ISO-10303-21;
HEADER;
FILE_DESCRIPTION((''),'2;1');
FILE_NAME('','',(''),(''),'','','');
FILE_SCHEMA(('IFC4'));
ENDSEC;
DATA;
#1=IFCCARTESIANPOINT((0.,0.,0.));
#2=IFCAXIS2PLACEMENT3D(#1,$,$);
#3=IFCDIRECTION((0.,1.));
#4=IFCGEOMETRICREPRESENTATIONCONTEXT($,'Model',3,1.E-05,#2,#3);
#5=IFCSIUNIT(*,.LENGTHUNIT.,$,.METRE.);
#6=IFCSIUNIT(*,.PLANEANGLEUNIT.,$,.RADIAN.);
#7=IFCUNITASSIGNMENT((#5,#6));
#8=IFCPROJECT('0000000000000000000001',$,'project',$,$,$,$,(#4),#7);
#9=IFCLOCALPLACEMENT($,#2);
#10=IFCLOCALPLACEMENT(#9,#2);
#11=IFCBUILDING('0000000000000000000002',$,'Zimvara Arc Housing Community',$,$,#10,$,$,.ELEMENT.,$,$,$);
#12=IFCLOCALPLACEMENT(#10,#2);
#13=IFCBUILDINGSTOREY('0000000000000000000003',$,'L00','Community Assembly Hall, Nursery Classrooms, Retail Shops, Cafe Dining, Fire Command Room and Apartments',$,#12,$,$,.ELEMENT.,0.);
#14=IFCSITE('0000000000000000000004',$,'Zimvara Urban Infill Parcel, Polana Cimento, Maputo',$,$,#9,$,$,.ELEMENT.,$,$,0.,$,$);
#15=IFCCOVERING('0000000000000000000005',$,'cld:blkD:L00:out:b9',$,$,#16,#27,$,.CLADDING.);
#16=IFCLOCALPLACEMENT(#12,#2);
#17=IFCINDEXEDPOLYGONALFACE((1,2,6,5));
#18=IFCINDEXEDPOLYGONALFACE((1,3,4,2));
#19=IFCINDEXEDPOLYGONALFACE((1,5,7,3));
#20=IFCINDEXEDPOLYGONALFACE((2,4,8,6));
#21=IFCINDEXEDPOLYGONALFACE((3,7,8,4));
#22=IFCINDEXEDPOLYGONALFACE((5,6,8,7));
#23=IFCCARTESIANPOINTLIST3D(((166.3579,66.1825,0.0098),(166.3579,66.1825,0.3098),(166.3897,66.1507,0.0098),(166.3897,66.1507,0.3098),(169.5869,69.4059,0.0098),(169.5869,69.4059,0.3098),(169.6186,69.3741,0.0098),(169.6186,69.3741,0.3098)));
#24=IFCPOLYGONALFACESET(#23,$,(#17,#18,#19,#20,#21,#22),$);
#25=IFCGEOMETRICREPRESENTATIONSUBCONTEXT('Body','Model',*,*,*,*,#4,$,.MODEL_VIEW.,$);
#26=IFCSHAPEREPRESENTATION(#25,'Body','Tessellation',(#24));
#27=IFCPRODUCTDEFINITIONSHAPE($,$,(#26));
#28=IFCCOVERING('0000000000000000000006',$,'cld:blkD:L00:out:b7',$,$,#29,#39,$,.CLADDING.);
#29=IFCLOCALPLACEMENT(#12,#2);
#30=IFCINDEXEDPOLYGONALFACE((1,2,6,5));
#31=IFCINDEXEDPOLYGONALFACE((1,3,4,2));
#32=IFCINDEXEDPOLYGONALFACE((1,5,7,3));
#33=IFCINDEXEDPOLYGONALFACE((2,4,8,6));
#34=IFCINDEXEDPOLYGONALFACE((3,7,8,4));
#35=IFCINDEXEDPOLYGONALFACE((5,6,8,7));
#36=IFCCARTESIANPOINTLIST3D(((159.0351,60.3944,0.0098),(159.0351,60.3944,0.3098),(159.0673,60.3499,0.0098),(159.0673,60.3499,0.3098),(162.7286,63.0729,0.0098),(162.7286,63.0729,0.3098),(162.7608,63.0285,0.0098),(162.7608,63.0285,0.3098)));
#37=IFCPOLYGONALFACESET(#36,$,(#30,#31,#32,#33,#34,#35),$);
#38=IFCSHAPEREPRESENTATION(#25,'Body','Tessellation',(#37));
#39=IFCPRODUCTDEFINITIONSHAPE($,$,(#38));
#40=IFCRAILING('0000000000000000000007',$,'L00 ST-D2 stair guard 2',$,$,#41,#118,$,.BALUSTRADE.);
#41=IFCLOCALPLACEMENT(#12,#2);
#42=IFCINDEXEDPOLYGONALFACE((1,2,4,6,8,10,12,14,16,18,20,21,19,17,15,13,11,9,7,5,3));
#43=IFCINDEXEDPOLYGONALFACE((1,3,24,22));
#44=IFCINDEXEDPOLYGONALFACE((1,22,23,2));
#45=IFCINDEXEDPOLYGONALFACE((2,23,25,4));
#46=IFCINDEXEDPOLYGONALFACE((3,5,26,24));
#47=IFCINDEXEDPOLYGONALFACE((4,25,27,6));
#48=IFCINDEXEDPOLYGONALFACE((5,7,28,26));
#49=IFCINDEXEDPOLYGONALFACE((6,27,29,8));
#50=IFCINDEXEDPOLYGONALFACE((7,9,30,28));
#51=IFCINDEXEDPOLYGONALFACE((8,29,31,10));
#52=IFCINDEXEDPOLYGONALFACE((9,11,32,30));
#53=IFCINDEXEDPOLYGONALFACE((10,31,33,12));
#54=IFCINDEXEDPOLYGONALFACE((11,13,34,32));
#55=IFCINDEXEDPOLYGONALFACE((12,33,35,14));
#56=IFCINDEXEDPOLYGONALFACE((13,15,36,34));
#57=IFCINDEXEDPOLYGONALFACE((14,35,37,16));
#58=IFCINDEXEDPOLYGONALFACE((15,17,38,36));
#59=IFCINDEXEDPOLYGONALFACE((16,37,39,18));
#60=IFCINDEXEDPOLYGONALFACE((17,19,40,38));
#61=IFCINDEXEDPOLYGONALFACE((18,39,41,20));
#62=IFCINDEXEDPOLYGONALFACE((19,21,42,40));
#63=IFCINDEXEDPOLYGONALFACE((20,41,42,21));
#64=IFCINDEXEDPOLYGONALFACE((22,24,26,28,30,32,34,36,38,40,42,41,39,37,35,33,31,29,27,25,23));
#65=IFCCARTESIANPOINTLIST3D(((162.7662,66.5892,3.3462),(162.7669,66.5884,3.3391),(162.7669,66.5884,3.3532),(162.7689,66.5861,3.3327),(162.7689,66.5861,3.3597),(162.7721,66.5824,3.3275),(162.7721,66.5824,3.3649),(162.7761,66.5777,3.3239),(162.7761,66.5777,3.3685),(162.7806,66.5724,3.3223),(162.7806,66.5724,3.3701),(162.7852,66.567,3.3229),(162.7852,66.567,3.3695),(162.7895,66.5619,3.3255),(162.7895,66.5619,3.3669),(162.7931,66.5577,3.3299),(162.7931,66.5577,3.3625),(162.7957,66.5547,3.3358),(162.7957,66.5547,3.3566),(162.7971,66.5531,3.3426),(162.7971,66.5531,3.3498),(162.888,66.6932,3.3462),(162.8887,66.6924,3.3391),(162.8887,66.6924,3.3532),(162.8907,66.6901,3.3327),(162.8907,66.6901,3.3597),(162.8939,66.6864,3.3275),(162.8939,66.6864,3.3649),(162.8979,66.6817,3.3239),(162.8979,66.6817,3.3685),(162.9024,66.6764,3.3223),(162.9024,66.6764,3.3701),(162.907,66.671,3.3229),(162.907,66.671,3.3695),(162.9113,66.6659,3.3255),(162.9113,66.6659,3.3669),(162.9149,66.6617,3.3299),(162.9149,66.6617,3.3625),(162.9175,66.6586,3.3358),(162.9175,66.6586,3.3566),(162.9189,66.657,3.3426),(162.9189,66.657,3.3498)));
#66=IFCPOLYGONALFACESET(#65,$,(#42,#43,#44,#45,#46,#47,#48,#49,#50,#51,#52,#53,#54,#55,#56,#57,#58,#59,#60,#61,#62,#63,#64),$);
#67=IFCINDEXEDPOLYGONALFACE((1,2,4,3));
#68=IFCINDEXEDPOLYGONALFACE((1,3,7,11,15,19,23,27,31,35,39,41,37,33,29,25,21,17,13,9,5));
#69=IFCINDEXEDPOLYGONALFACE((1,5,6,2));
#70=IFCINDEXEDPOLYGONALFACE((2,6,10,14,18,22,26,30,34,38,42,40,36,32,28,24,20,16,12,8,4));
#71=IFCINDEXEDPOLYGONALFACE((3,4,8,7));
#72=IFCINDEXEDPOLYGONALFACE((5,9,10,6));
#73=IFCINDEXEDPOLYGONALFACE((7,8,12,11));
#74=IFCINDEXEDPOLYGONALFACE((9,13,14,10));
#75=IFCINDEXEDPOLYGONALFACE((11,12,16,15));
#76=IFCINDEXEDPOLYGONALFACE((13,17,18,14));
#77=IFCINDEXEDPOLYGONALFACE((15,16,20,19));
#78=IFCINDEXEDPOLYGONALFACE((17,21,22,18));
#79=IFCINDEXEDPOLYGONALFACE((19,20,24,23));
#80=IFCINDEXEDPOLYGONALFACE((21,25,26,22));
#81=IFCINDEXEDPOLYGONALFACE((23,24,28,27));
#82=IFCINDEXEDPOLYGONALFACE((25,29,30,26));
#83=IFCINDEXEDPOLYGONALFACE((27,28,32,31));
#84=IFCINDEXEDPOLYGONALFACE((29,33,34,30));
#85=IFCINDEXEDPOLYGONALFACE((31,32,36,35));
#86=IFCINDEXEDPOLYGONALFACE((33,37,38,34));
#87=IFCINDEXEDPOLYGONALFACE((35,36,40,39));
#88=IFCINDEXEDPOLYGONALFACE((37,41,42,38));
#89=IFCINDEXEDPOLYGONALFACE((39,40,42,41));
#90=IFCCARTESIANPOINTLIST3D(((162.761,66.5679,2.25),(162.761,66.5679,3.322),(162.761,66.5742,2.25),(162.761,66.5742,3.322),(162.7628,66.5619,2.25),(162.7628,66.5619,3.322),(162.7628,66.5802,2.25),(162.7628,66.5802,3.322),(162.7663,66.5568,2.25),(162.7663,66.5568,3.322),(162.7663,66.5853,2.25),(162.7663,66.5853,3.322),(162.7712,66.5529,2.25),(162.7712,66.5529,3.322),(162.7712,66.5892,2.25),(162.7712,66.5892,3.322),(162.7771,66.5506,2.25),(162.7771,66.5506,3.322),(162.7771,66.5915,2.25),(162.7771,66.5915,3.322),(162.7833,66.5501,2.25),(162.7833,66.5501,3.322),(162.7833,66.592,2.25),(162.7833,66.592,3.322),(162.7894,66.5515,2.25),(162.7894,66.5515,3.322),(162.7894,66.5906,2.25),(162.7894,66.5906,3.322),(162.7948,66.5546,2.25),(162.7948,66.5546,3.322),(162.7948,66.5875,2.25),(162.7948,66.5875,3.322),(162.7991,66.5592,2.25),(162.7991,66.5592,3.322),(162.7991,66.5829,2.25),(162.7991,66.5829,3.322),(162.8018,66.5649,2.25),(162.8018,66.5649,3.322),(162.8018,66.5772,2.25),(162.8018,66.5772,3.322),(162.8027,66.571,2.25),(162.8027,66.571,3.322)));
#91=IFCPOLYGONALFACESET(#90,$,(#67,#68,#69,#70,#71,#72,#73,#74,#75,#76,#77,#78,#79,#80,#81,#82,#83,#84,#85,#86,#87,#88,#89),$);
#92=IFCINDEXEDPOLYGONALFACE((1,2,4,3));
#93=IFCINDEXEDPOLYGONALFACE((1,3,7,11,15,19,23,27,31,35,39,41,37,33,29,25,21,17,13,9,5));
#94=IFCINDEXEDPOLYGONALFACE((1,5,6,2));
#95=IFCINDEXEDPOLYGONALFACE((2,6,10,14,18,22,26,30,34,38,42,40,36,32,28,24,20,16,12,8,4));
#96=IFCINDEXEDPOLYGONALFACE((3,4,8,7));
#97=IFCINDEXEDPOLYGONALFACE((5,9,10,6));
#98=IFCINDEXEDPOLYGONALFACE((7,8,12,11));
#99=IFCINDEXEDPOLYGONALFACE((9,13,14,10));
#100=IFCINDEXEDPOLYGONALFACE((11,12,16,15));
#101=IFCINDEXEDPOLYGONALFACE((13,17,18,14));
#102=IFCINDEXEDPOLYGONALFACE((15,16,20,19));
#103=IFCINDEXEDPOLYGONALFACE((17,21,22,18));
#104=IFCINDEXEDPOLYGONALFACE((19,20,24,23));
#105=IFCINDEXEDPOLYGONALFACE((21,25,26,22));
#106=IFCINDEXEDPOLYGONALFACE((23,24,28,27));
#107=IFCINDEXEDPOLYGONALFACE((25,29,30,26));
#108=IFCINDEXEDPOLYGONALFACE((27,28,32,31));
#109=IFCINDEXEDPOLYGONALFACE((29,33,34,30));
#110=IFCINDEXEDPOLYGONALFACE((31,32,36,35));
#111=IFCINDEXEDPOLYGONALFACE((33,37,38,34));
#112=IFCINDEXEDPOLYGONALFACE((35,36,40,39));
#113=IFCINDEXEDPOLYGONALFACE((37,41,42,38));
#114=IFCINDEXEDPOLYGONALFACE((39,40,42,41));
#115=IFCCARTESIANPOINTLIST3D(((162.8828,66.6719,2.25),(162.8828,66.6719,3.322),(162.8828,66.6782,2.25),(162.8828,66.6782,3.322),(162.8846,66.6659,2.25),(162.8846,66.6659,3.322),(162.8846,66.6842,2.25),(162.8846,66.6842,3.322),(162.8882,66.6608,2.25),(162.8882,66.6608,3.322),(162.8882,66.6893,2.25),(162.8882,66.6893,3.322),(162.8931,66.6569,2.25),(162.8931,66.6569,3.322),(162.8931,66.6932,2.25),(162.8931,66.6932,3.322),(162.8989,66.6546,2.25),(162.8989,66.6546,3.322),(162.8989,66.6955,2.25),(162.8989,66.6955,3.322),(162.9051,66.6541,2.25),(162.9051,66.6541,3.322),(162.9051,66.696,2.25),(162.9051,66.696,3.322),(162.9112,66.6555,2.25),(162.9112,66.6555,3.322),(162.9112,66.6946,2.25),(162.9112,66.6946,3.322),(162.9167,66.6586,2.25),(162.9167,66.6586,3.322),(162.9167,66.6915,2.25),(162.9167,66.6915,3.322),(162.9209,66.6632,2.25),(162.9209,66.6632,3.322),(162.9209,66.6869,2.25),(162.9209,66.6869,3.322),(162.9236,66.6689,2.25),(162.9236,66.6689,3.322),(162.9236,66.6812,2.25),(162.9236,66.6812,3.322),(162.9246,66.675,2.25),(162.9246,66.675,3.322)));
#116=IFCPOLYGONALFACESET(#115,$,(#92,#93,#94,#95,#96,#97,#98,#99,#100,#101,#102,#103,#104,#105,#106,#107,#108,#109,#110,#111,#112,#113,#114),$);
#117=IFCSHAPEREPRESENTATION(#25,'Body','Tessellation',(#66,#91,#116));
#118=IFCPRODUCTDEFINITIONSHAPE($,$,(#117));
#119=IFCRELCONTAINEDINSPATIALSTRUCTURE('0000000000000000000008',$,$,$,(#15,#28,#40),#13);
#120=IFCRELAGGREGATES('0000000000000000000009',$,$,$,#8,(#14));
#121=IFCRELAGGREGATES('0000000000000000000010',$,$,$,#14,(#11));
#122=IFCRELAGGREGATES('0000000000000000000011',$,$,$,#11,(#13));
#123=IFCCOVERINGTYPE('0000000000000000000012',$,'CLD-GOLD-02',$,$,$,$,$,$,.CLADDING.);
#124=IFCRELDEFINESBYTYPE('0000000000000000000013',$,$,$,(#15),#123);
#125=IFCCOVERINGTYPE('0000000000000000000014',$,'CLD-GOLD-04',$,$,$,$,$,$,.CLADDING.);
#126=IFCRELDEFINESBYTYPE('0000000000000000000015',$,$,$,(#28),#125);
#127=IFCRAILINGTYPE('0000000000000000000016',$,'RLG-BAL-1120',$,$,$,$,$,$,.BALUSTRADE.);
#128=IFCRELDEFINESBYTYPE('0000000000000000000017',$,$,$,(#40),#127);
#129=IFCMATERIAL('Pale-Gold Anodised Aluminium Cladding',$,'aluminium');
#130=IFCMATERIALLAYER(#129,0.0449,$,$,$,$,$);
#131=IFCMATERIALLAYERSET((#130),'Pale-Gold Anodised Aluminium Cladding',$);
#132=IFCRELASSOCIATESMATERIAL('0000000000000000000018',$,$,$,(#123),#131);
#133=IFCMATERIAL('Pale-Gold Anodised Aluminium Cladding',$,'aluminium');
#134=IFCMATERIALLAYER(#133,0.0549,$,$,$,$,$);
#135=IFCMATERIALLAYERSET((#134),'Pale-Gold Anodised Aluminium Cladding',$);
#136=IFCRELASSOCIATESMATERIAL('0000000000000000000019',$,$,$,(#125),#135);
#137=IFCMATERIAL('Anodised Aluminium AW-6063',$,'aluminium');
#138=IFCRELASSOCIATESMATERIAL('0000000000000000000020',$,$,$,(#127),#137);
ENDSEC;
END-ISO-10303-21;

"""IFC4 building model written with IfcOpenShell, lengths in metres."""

from ifc_helpers import new_model, si_unit, direction, frame, origin, origin_2d, place, context, subcontext, project, spatial, rectangle, circle, extrude, material, layer, layer_set, type_object, element, save


model = new_model("IFC4")

# Units and contexts
model_context = context("Model", 3, precision=1e-05, world=origin(), true_north=direction((0.0, 1.0)))
body_context = subcontext(model_context, "Body", "Model", "MODEL_VIEW")
ifc_project = project(units=[si_unit("LENGTHUNIT", "METRE"), si_unit("PLANEANGLEUNIT", "RADIAN")], contexts=[model_context])

# Site, building, storey
site_placement = place(None, origin())
site = spatial("IfcSite", under=ifc_project, at=site_placement, Name="Zimvara Urban Infill Parcel, Polana Cimento, Maputo", CompositionType="ELEMENT", RefElevation=0.0)
building_placement = place(site_placement, origin())
building = spatial("IfcBuilding", under=site, at=building_placement, Name="Zimvara Arc Housing Community", CompositionType="ELEMENT")
storey_placement = place(building_placement, origin())
storey = spatial("IfcBuildingStorey", under=building, at=storey_placement, Name="L00", Description="Community Assembly Hall, Nursery Classrooms, Retail Shops, Cafe Dining, Fire Command Room and Apartments", CompositionType="ELEMENT", Elevation=0.0)

# Coverings
ifc_material_1 = material(Name="Pale-Gold Anodised Aluminium Cladding", Category="aluminium")
ifc_layer_1 = layer(ifc_material_1, 0.0449)
ifc_layer_set_1 = layer_set([ifc_layer_1], Name="Pale-Gold Anodised Aluminium Cladding")
covering_type_1 = type_object("IfcCoveringType", Name="CLD-GOLD-02", PredefinedType="CLADDING", material=ifc_layer_set_1)
covering_1_placement = place(storey_placement, frame((167.9883, 67.7783, 0.0098), z_axis=(0.0, 0.0, 1.0), x_axis=(0.707722, 0.706491, 0.0)))
element("IfcCovering", 1, at=covering_1_placement, inside=storey, type_object=covering_type_1, Name="cld:blkD:L00:out:b9", PredefinedType="CLADDING", context=body_context, shape_type="SweptSolid", body=[
    extrude(rectangle(XDim=4.5625, YDim=0.0449, at=origin_2d()), origin(), (0.0, 0.0, 1.0), 0.3),
])
ifc_material_2 = material(Name="Pale-Gold Anodised Aluminium Cladding", Category="aluminium")
ifc_layer_2 = layer(ifc_material_2, 0.0549)
ifc_layer_set_2 = layer_set([ifc_layer_2], Name="Pale-Gold Anodised Aluminium Cladding")
covering_type_2 = type_object("IfcCoveringType", Name="CLD-GOLD-04", PredefinedType="CLADDING", material=ifc_layer_set_2)
covering_2_placement = place(storey_placement, frame((160.8979, 61.7114, 0.0098), z_axis=(0.0, 0.0, 1.0), x_axis=(0.80953, 0.587079, 0.0)))
element("IfcCovering", 2, at=covering_2_placement, inside=storey, type_object=covering_type_2, Name="cld:blkD:L00:out:b7", PredefinedType="CLADDING", context=body_context, shape_type="SweptSolid", body=[
    extrude(rectangle(XDim=4.5625, YDim=0.0549, at=origin_2d()), origin(), (0.0, 0.0, 1.0), 0.3),
])

# Railing
ifc_material_3 = material(Name="Anodised Aluminium AW-6063", Category="aluminium")
railing_type_1 = type_object("IfcRailingType", Name="RLG-BAL-1120", PredefinedType="BALUSTRADE", material=ifc_material_3)
railing_1_placement = place(storey_placement, frame((162.7817, 66.571, 2.25)))
element("IfcRailing", 3, at=railing_1_placement, inside=storey, type_object=railing_type_1, Name="L00 ST-D2 stair guard 2", PredefinedType="BALUSTRADE", context=body_context, shape_type="SweptSolid", body=[
    extrude(circle(Radius=0.0239, at=origin_2d()), frame((0.0, 0.0, 1.0962), z_axis=(0.760546, 0.649284, 0.0), x_axis=(-0.649284, 0.760546, 0.0)), (0.0, 0.0, 1.0), 0.1602),
    extrude(circle(Radius=0.021, at=origin_2d()), origin(), (0.0, 0.0, 1.0), 1.072),
    extrude(circle(Radius=0.021, at=origin_2d()), frame((0.1218, 0.104, 0.0)), (0.0, 0.0, 1.0), 1.072),
])

save(model, "model.ifc")
